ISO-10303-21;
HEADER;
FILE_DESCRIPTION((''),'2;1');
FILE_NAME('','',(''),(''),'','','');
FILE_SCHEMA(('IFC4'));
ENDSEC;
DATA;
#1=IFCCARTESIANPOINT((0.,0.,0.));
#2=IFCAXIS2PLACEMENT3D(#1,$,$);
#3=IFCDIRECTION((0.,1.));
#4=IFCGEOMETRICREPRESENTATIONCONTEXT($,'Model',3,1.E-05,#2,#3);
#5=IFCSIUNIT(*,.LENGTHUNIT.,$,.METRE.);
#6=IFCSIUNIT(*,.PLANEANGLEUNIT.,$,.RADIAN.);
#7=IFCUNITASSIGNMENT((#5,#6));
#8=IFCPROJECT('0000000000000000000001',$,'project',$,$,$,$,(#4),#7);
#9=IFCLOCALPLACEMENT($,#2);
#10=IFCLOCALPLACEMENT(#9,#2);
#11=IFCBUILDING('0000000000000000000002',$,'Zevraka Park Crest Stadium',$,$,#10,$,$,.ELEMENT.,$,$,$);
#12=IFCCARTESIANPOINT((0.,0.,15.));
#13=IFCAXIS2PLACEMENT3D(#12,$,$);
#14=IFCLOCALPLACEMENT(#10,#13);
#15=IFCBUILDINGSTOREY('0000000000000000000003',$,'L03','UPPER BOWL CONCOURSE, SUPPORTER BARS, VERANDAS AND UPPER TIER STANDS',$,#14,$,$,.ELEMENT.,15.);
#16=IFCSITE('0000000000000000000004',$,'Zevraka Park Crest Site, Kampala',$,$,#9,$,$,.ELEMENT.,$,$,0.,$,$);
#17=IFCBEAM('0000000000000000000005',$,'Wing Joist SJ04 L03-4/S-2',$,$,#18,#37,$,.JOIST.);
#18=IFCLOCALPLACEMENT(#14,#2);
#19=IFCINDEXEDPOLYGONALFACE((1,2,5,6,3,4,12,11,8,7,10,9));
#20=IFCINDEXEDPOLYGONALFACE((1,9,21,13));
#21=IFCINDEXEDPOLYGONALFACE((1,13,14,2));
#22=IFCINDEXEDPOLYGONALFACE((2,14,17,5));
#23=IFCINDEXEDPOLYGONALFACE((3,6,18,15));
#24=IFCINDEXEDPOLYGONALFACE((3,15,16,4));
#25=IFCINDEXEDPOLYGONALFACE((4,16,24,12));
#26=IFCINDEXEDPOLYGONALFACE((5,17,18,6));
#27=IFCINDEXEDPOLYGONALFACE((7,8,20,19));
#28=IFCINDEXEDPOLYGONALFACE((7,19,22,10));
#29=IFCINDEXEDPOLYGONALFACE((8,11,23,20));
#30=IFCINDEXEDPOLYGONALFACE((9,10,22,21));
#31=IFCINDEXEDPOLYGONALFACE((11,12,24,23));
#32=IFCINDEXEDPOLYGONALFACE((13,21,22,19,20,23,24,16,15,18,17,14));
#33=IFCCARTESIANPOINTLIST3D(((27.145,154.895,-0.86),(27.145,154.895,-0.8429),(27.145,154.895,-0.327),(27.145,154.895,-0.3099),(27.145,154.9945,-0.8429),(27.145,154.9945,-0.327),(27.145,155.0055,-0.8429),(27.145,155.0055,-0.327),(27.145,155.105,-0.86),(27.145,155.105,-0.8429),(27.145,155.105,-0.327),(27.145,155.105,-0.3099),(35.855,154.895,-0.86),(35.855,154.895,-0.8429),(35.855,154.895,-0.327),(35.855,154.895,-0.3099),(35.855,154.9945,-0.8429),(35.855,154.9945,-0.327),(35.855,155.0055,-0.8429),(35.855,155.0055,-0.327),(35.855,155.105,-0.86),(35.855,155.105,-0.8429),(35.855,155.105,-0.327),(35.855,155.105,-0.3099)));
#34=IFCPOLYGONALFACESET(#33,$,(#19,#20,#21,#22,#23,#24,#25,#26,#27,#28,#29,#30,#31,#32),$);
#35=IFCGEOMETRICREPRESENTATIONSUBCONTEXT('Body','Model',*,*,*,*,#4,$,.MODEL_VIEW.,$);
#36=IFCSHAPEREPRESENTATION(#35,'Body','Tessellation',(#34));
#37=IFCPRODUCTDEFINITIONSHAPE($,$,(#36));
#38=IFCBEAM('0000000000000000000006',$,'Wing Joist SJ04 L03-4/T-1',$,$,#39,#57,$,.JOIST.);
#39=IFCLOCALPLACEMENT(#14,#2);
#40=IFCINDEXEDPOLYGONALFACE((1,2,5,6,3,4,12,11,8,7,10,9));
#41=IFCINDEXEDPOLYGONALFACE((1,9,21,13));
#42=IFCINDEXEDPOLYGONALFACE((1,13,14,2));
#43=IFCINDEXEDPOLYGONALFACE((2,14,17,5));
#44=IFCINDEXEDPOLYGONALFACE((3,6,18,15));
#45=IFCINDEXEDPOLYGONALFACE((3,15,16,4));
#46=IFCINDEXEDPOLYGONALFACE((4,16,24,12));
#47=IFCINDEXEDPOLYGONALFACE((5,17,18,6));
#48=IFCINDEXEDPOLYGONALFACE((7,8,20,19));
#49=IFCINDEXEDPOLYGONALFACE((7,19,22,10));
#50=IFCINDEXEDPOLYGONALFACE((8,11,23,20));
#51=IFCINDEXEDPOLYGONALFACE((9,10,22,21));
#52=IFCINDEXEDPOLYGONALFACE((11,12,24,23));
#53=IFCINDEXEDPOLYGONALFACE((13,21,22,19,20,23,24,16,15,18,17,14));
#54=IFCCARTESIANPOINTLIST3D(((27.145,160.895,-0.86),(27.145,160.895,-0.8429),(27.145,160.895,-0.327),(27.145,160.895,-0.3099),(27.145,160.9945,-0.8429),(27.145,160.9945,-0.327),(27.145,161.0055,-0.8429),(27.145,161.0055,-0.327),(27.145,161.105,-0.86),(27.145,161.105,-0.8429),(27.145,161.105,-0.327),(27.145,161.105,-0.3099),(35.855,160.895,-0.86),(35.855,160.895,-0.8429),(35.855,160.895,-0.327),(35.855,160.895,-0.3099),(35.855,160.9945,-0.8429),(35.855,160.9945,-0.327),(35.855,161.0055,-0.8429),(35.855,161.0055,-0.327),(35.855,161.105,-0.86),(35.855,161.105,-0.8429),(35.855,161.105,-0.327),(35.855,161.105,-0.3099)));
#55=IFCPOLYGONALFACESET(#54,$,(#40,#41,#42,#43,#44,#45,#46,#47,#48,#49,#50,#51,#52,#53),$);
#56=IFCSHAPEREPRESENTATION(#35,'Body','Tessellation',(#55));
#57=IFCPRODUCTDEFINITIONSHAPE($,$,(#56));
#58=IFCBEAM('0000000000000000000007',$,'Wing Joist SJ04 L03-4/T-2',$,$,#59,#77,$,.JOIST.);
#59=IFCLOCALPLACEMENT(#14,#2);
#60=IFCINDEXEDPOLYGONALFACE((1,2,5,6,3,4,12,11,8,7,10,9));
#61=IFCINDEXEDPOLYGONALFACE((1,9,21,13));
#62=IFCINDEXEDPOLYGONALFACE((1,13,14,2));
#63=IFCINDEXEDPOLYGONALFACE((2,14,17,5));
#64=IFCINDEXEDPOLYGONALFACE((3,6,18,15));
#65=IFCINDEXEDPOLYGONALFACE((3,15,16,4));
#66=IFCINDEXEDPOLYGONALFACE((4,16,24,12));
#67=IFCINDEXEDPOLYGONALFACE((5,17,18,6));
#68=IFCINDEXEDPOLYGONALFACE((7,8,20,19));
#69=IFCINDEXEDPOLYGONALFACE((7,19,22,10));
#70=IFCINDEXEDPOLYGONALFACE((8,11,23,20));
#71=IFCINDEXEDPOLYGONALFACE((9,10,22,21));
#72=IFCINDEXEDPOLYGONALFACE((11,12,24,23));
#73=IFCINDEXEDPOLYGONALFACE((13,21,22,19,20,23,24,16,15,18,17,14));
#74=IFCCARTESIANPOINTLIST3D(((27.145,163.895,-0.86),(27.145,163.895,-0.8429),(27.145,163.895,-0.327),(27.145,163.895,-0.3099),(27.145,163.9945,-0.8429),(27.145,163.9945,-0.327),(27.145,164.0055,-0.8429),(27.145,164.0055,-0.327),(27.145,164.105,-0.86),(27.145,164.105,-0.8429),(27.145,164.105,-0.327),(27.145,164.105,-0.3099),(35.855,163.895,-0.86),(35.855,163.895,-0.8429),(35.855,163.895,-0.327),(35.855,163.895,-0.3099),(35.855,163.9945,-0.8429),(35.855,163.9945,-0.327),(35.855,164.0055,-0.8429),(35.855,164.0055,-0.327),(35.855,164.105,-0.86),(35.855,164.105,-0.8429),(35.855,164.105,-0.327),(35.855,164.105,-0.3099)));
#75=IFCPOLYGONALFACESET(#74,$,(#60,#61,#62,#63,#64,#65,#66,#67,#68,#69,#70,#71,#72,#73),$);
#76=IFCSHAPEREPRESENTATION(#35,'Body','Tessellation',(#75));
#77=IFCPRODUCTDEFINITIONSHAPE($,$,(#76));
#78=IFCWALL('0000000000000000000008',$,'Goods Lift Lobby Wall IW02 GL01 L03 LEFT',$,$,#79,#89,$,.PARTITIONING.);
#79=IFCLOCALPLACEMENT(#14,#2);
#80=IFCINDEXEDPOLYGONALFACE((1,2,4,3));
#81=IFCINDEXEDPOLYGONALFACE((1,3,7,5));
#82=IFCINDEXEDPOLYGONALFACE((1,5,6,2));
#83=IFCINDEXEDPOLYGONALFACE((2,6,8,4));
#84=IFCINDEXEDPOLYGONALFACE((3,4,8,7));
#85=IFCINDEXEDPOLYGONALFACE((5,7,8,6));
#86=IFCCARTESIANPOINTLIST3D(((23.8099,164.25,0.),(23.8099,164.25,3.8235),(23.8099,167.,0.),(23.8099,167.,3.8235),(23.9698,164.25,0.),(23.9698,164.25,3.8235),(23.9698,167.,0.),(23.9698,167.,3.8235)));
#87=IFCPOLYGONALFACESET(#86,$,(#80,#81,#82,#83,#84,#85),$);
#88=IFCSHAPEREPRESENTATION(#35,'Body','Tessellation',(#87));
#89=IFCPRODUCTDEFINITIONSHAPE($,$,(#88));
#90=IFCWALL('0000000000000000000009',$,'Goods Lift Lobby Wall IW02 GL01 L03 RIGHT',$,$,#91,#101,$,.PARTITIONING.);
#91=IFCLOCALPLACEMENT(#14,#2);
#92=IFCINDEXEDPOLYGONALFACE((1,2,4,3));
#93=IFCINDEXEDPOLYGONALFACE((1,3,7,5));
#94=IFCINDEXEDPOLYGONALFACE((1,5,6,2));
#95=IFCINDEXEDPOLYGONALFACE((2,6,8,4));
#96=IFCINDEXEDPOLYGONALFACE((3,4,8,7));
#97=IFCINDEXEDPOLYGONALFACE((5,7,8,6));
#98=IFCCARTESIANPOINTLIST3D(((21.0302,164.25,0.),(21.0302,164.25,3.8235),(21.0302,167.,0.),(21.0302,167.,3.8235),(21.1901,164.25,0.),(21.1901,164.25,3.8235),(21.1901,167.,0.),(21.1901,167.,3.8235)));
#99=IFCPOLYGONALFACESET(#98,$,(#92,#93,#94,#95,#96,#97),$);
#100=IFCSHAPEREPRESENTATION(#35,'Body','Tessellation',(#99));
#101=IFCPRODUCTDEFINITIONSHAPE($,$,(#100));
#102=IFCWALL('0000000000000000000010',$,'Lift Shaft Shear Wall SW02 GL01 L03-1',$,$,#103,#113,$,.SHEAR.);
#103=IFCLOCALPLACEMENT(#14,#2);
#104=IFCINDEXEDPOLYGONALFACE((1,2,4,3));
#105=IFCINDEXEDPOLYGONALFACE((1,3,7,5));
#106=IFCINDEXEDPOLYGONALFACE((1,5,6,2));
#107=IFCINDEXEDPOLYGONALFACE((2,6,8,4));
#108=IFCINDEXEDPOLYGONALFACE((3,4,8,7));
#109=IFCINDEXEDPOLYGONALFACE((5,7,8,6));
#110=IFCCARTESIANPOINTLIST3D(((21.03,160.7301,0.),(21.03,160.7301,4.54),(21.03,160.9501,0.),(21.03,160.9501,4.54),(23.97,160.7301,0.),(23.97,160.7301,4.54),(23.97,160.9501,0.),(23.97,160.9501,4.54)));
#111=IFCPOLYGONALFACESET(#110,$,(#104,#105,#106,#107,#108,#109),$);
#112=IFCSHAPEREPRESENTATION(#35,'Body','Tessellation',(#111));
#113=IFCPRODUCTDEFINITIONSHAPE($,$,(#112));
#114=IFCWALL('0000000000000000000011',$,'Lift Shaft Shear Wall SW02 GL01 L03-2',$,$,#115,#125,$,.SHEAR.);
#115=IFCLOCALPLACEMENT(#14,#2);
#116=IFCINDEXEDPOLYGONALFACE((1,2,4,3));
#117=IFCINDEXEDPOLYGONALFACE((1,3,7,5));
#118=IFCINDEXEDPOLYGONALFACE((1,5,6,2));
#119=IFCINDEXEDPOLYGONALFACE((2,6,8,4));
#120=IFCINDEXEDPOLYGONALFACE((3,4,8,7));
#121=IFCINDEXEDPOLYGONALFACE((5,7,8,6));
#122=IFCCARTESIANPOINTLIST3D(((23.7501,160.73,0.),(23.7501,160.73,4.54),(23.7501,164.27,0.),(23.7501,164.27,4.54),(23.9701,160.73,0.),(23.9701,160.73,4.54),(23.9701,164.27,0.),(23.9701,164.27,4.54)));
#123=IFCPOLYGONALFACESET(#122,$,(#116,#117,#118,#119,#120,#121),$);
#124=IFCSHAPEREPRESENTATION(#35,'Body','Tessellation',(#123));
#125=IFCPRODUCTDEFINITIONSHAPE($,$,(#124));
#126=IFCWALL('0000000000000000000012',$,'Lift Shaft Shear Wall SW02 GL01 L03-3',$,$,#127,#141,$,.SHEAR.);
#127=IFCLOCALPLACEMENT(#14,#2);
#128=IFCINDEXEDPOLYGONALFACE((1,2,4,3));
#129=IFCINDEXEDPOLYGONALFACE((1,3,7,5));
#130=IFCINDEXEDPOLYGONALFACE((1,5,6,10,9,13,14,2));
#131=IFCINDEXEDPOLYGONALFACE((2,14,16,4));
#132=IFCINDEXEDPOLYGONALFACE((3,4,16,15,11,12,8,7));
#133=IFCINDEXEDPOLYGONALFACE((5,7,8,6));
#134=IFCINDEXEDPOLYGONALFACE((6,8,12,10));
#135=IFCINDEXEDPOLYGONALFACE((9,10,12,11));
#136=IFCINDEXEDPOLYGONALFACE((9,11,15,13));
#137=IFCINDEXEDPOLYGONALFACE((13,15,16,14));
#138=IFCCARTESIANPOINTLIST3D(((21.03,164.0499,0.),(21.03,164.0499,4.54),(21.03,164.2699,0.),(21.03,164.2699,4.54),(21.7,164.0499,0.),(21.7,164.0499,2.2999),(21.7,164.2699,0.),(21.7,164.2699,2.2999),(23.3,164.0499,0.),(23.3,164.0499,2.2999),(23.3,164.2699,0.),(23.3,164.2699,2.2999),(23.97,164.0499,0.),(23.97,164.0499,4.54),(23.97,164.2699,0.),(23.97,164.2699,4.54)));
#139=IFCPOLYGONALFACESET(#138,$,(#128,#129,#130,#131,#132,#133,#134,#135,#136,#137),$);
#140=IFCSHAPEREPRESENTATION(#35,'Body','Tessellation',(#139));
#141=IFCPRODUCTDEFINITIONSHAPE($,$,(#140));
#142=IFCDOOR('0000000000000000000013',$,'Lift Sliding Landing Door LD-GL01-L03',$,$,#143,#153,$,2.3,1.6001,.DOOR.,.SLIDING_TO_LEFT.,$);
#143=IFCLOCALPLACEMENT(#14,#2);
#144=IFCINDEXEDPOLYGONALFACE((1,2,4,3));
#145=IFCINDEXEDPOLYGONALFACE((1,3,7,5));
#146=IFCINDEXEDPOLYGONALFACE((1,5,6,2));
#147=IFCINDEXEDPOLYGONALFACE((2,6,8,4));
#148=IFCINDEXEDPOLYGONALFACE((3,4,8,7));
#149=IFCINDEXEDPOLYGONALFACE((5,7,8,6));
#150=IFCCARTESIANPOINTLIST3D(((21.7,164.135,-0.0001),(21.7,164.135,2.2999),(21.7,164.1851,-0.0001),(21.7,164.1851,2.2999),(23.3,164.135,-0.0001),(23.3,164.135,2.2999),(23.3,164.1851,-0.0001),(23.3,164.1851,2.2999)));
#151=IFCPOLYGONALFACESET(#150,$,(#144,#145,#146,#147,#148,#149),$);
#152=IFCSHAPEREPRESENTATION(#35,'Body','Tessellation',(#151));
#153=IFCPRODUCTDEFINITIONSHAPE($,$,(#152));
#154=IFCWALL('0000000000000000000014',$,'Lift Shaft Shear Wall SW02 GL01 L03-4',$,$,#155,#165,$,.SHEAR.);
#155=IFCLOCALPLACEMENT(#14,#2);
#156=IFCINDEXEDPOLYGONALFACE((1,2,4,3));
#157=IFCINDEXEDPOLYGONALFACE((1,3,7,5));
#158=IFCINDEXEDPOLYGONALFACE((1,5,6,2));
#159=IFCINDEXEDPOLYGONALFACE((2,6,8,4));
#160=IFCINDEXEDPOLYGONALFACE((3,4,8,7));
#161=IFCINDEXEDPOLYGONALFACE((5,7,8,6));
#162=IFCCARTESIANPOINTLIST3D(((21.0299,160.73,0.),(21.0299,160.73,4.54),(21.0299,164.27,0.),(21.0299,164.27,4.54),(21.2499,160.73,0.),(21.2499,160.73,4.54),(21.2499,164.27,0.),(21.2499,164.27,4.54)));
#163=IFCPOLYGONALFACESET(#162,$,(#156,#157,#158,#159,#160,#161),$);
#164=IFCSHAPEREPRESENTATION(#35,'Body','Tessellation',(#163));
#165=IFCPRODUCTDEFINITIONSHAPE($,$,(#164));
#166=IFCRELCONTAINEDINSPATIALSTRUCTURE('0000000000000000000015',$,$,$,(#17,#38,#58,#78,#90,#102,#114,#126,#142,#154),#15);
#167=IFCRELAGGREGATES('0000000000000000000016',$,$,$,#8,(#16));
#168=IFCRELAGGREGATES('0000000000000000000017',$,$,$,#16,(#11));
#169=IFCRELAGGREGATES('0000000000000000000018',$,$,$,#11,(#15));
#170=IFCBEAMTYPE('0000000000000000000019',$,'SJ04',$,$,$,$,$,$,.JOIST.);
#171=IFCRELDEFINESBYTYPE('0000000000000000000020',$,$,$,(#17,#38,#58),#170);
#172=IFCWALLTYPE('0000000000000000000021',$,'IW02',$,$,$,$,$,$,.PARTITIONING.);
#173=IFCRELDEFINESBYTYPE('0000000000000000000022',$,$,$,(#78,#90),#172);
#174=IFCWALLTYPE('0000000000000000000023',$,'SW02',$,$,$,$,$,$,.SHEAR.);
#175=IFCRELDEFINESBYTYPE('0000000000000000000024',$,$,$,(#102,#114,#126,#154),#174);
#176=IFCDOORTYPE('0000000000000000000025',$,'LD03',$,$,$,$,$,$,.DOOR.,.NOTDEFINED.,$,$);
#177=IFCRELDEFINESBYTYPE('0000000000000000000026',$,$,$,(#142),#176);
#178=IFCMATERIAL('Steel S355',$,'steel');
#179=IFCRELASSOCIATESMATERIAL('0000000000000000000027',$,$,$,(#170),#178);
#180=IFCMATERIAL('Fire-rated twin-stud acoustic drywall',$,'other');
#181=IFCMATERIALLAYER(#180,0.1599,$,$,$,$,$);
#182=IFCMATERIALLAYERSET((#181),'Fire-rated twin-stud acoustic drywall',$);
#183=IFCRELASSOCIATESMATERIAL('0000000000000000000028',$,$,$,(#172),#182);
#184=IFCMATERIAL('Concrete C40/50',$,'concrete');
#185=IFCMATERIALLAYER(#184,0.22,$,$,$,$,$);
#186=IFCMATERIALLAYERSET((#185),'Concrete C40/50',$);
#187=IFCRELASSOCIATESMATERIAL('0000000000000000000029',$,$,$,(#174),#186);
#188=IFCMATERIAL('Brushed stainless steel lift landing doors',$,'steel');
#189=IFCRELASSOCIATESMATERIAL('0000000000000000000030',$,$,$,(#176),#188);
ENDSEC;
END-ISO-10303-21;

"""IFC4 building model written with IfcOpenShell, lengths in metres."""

from ifc_helpers import new_model, si_unit, direction, frame, frame_2d, origin, origin_2d, place, context, subcontext, project, spatial, rectangle, i_section, extrude, material, layer, layer_set, material_profile, profile_set, type_object, element, fill, save


model = new_model("IFC4")

# Units and contexts
model_context = context("Model", 3, precision=1e-05, world=origin(), true_north=direction((0.0, 1.0)))
body_context = subcontext(model_context, "Body", "Model", "MODEL_VIEW")
ifc_project = project(units=[si_unit("LENGTHUNIT", "METRE"), si_unit("PLANEANGLEUNIT", "RADIAN")], contexts=[model_context])

# Site, building, storey
site_placement = place(None, origin())
site = spatial("IfcSite", under=ifc_project, at=site_placement, Name="Zevraka Park Crest Site, Kampala", CompositionType="ELEMENT", RefElevation=0.0)
building_placement = place(site_placement, origin())
building = spatial("IfcBuilding", under=site, at=building_placement, Name="Zevraka Park Crest Stadium", CompositionType="ELEMENT")
storey_placement = place(building_placement, frame((0.0, 0.0, 15.0)))
storey = spatial("IfcBuildingStorey", under=building, at=storey_placement, Name="L03", Description="UPPER BOWL CONCOURSE, SUPPORTER BARS, VERANDAS AND UPPER TIER STANDS", CompositionType="ELEMENT", Elevation=15.0)

# Beams
ifc_material_1 = material(Name="Steel S355", Category="steel")
ifc_material_profile_1 = material_profile(ifc_material_1, i_section(OverallWidth=0.21, OverallDepth=0.55, WebThickness=0.011, FlangeThickness=0.0171, at=origin_2d()), Name="IPE 550")
ifc_profile_set_1 = profile_set([ifc_material_profile_1], Name="Steel S355")
beam_type_1 = type_object("IfcBeamType", Name="SJ04", PredefinedType="JOIST", material=ifc_profile_set_1)
for number, where, z_axis, x_axis, name in (
    (1, (27.145, 155.0, -0.585), (1.0, 0.0, 0.0), (0.0, 1.0, 0.0), "Wing Joist SJ04 L03-4/S-2"),
    (2, (27.145, 161.0, -0.585), (1.0, 0.0, 0.0), (0.0, 1.0, 0.0), "Wing Joist SJ04 L03-4/T-1"),
    (3, (27.145, 164.0, -0.585), (1.0, 0.0, 0.0), (0.0, 1.0, 0.0), "Wing Joist SJ04 L03-4/T-2"),
):
    element("IfcBeam", number, at=place(storey_placement, frame(where, z_axis=z_axis, x_axis=x_axis)), inside=storey, type_object=beam_type_1, Name=name, PredefinedType="JOIST", context=body_context, shape_type="SweptSolid", body=[
        extrude(i_section(OverallWidth=0.21, OverallDepth=0.55, WebThickness=0.011, FlangeThickness=0.0171, at=origin_2d()), origin(), (0.0, 0.0, 1.0), 8.71),
    ])

# Walls
ifc_material_2 = material(Name="Fire-rated twin-stud acoustic drywall", Category="other")
ifc_layer_1 = layer(ifc_material_2, 0.1599)
ifc_layer_set_1 = layer_set([ifc_layer_1], Name="Fire-rated twin-stud acoustic drywall")
wall_type_1 = type_object("IfcWallType", Name="IW02", PredefinedType="PARTITIONING", material=ifc_layer_set_1)
for number, where, z_axis, x_axis, name in (
    (4, (23.8899, 164.25, 0.0), (0.0, 0.0, 1.0), (0.0, 1.0, 0.0), "Goods Lift Lobby Wall IW02 GL01 L03 LEFT"),
    (5, (21.1101, 164.25, 0.0), (0.0, 0.0, 1.0), (0.0, 1.0, 0.0), "Goods Lift Lobby Wall IW02 GL01 L03 RIGHT"),
):
    element("IfcWall", number, at=place(storey_placement, frame(where, z_axis=z_axis, x_axis=x_axis)), inside=storey, type_object=wall_type_1, Name=name, PredefinedType="PARTITIONING", context=body_context, shape_type="SweptSolid", body=[
        extrude(rectangle(XDim=2.75, YDim=0.1599, at=frame_2d((1.375, 0.0))), origin(), (0.0, 0.0, 1.0), 3.8235),
    ])
ifc_material_3 = material(Name="Concrete C40/50", Category="concrete")
ifc_layer_2 = layer(ifc_material_3, 0.22)
ifc_layer_set_2 = layer_set([ifc_layer_2], Name="Concrete C40/50")
wall_type_2 = type_object("IfcWallType", Name="SW02", PredefinedType="SHEAR", material=ifc_layer_set_2)
wall_1_placement = place(storey_placement, frame((21.03, 160.8401, 0.0), z_axis=(0.0, 0.0, 1.0), x_axis=(1.0, 0.0, 0.0)))
element("IfcWall", 6, at=wall_1_placement, inside=storey, type_object=wall_type_2, Name="Lift Shaft Shear Wall SW02 GL01 L03-1", PredefinedType="SHEAR", context=body_context, shape_type="SweptSolid", body=[
    extrude(rectangle(XDim=2.9399, YDim=0.22, at=frame_2d((1.47, 0.0))), origin(), (0.0, 0.0, 1.0), 4.54),
])
wall_2_placement = place(storey_placement, frame((23.8601, 160.73, 0.0), z_axis=(0.0, 0.0, 1.0), x_axis=(0.0, 1.0, 0.0)))
element("IfcWall", 7, at=wall_2_placement, inside=storey, type_object=wall_type_2, Name="Lift Shaft Shear Wall SW02 GL01 L03-2", PredefinedType="SHEAR", context=body_context, shape_type="SweptSolid", body=[
    extrude(rectangle(XDim=3.54, YDim=0.22, at=frame_2d((1.77, 0.0))), origin(), (0.0, 0.0, 1.0), 4.54),
])

# Wall, opening, door
wall_3_placement = place(storey_placement, frame((23.97, 164.1599, 0.0), z_axis=(0.0, 0.0, 1.0), x_axis=(-1.0, 0.0, 0.0)))
wall_3 = element("IfcWall", 8, at=wall_3_placement, inside=storey, type_object=wall_type_2, Name="Lift Shaft Shear Wall SW02 GL01 L03-3", PredefinedType="SHEAR", context=body_context, shape_type="SweptSolid", body=[
    extrude(rectangle(XDim=2.9399, YDim=0.22, at=frame_2d((1.47, 0.0))), origin(), (0.0, 0.0, 1.0), 4.54),
])
opening_placement = place(wall_3_placement, frame((0.6699, 0.0, 0.0)))
opening = element("IfcOpeningElement", 9, at=opening_placement, cuts=wall_3, PredefinedType="OPENING", context=body_context, shape_type="SweptSolid", body=[
    extrude(rectangle(XDim=1.6001, YDim=2.3, at=frame_2d((0.8, 1.1499))), frame((0.0, 0.1199, 0.0), z_axis=(0.0, -1.0, 0.0), x_axis=(1.0, 0.0, 0.0)), (0.0, 0.0, 1.0), 0.24),
])
ifc_material_4 = material(Name="Brushed stainless steel lift landing doors", Category="steel")
door_type = type_object("IfcDoorType", Name="LD03", OperationType="NOTDEFINED", PredefinedType="DOOR", material=ifc_material_4)
door_placement = place(opening_placement, origin())
door = element("IfcDoor", 10, at=door_placement, inside=storey, type_object=door_type, Name="Lift Sliding Landing Door LD-GL01-L03", OperationType="SLIDING_TO_LEFT", OverallHeight=2.3, OverallWidth=1.6001, PredefinedType="DOOR", context=body_context, shape_type="SweptSolid", body=[
    extrude(rectangle(XDim=1.6001, YDim=2.3, at=frame_2d((0.8, 1.1499))), frame((0.0, 0.0249, 0.0), z_axis=(0.0, -1.0, 0.0), x_axis=(1.0, 0.0, 0.0)), (0.0, 0.0, 1.0), 0.05),
])
fill(opening, door)

# Wall
wall_4_placement = place(storey_placement, frame((21.1399, 164.27, 0.0), z_axis=(0.0, 0.0, 1.0), x_axis=(0.0, -1.0, 0.0)))
element("IfcWall", 11, at=wall_4_placement, inside=storey, type_object=wall_type_2, Name="Lift Shaft Shear Wall SW02 GL01 L03-4", PredefinedType="SHEAR", context=body_context, shape_type="SweptSolid", body=[
    extrude(rectangle(XDim=3.54, YDim=0.22, at=frame_2d((1.77, 0.0))), origin(), (0.0, 0.0, 1.0), 4.54),
])

save(model, "model.ifc")
